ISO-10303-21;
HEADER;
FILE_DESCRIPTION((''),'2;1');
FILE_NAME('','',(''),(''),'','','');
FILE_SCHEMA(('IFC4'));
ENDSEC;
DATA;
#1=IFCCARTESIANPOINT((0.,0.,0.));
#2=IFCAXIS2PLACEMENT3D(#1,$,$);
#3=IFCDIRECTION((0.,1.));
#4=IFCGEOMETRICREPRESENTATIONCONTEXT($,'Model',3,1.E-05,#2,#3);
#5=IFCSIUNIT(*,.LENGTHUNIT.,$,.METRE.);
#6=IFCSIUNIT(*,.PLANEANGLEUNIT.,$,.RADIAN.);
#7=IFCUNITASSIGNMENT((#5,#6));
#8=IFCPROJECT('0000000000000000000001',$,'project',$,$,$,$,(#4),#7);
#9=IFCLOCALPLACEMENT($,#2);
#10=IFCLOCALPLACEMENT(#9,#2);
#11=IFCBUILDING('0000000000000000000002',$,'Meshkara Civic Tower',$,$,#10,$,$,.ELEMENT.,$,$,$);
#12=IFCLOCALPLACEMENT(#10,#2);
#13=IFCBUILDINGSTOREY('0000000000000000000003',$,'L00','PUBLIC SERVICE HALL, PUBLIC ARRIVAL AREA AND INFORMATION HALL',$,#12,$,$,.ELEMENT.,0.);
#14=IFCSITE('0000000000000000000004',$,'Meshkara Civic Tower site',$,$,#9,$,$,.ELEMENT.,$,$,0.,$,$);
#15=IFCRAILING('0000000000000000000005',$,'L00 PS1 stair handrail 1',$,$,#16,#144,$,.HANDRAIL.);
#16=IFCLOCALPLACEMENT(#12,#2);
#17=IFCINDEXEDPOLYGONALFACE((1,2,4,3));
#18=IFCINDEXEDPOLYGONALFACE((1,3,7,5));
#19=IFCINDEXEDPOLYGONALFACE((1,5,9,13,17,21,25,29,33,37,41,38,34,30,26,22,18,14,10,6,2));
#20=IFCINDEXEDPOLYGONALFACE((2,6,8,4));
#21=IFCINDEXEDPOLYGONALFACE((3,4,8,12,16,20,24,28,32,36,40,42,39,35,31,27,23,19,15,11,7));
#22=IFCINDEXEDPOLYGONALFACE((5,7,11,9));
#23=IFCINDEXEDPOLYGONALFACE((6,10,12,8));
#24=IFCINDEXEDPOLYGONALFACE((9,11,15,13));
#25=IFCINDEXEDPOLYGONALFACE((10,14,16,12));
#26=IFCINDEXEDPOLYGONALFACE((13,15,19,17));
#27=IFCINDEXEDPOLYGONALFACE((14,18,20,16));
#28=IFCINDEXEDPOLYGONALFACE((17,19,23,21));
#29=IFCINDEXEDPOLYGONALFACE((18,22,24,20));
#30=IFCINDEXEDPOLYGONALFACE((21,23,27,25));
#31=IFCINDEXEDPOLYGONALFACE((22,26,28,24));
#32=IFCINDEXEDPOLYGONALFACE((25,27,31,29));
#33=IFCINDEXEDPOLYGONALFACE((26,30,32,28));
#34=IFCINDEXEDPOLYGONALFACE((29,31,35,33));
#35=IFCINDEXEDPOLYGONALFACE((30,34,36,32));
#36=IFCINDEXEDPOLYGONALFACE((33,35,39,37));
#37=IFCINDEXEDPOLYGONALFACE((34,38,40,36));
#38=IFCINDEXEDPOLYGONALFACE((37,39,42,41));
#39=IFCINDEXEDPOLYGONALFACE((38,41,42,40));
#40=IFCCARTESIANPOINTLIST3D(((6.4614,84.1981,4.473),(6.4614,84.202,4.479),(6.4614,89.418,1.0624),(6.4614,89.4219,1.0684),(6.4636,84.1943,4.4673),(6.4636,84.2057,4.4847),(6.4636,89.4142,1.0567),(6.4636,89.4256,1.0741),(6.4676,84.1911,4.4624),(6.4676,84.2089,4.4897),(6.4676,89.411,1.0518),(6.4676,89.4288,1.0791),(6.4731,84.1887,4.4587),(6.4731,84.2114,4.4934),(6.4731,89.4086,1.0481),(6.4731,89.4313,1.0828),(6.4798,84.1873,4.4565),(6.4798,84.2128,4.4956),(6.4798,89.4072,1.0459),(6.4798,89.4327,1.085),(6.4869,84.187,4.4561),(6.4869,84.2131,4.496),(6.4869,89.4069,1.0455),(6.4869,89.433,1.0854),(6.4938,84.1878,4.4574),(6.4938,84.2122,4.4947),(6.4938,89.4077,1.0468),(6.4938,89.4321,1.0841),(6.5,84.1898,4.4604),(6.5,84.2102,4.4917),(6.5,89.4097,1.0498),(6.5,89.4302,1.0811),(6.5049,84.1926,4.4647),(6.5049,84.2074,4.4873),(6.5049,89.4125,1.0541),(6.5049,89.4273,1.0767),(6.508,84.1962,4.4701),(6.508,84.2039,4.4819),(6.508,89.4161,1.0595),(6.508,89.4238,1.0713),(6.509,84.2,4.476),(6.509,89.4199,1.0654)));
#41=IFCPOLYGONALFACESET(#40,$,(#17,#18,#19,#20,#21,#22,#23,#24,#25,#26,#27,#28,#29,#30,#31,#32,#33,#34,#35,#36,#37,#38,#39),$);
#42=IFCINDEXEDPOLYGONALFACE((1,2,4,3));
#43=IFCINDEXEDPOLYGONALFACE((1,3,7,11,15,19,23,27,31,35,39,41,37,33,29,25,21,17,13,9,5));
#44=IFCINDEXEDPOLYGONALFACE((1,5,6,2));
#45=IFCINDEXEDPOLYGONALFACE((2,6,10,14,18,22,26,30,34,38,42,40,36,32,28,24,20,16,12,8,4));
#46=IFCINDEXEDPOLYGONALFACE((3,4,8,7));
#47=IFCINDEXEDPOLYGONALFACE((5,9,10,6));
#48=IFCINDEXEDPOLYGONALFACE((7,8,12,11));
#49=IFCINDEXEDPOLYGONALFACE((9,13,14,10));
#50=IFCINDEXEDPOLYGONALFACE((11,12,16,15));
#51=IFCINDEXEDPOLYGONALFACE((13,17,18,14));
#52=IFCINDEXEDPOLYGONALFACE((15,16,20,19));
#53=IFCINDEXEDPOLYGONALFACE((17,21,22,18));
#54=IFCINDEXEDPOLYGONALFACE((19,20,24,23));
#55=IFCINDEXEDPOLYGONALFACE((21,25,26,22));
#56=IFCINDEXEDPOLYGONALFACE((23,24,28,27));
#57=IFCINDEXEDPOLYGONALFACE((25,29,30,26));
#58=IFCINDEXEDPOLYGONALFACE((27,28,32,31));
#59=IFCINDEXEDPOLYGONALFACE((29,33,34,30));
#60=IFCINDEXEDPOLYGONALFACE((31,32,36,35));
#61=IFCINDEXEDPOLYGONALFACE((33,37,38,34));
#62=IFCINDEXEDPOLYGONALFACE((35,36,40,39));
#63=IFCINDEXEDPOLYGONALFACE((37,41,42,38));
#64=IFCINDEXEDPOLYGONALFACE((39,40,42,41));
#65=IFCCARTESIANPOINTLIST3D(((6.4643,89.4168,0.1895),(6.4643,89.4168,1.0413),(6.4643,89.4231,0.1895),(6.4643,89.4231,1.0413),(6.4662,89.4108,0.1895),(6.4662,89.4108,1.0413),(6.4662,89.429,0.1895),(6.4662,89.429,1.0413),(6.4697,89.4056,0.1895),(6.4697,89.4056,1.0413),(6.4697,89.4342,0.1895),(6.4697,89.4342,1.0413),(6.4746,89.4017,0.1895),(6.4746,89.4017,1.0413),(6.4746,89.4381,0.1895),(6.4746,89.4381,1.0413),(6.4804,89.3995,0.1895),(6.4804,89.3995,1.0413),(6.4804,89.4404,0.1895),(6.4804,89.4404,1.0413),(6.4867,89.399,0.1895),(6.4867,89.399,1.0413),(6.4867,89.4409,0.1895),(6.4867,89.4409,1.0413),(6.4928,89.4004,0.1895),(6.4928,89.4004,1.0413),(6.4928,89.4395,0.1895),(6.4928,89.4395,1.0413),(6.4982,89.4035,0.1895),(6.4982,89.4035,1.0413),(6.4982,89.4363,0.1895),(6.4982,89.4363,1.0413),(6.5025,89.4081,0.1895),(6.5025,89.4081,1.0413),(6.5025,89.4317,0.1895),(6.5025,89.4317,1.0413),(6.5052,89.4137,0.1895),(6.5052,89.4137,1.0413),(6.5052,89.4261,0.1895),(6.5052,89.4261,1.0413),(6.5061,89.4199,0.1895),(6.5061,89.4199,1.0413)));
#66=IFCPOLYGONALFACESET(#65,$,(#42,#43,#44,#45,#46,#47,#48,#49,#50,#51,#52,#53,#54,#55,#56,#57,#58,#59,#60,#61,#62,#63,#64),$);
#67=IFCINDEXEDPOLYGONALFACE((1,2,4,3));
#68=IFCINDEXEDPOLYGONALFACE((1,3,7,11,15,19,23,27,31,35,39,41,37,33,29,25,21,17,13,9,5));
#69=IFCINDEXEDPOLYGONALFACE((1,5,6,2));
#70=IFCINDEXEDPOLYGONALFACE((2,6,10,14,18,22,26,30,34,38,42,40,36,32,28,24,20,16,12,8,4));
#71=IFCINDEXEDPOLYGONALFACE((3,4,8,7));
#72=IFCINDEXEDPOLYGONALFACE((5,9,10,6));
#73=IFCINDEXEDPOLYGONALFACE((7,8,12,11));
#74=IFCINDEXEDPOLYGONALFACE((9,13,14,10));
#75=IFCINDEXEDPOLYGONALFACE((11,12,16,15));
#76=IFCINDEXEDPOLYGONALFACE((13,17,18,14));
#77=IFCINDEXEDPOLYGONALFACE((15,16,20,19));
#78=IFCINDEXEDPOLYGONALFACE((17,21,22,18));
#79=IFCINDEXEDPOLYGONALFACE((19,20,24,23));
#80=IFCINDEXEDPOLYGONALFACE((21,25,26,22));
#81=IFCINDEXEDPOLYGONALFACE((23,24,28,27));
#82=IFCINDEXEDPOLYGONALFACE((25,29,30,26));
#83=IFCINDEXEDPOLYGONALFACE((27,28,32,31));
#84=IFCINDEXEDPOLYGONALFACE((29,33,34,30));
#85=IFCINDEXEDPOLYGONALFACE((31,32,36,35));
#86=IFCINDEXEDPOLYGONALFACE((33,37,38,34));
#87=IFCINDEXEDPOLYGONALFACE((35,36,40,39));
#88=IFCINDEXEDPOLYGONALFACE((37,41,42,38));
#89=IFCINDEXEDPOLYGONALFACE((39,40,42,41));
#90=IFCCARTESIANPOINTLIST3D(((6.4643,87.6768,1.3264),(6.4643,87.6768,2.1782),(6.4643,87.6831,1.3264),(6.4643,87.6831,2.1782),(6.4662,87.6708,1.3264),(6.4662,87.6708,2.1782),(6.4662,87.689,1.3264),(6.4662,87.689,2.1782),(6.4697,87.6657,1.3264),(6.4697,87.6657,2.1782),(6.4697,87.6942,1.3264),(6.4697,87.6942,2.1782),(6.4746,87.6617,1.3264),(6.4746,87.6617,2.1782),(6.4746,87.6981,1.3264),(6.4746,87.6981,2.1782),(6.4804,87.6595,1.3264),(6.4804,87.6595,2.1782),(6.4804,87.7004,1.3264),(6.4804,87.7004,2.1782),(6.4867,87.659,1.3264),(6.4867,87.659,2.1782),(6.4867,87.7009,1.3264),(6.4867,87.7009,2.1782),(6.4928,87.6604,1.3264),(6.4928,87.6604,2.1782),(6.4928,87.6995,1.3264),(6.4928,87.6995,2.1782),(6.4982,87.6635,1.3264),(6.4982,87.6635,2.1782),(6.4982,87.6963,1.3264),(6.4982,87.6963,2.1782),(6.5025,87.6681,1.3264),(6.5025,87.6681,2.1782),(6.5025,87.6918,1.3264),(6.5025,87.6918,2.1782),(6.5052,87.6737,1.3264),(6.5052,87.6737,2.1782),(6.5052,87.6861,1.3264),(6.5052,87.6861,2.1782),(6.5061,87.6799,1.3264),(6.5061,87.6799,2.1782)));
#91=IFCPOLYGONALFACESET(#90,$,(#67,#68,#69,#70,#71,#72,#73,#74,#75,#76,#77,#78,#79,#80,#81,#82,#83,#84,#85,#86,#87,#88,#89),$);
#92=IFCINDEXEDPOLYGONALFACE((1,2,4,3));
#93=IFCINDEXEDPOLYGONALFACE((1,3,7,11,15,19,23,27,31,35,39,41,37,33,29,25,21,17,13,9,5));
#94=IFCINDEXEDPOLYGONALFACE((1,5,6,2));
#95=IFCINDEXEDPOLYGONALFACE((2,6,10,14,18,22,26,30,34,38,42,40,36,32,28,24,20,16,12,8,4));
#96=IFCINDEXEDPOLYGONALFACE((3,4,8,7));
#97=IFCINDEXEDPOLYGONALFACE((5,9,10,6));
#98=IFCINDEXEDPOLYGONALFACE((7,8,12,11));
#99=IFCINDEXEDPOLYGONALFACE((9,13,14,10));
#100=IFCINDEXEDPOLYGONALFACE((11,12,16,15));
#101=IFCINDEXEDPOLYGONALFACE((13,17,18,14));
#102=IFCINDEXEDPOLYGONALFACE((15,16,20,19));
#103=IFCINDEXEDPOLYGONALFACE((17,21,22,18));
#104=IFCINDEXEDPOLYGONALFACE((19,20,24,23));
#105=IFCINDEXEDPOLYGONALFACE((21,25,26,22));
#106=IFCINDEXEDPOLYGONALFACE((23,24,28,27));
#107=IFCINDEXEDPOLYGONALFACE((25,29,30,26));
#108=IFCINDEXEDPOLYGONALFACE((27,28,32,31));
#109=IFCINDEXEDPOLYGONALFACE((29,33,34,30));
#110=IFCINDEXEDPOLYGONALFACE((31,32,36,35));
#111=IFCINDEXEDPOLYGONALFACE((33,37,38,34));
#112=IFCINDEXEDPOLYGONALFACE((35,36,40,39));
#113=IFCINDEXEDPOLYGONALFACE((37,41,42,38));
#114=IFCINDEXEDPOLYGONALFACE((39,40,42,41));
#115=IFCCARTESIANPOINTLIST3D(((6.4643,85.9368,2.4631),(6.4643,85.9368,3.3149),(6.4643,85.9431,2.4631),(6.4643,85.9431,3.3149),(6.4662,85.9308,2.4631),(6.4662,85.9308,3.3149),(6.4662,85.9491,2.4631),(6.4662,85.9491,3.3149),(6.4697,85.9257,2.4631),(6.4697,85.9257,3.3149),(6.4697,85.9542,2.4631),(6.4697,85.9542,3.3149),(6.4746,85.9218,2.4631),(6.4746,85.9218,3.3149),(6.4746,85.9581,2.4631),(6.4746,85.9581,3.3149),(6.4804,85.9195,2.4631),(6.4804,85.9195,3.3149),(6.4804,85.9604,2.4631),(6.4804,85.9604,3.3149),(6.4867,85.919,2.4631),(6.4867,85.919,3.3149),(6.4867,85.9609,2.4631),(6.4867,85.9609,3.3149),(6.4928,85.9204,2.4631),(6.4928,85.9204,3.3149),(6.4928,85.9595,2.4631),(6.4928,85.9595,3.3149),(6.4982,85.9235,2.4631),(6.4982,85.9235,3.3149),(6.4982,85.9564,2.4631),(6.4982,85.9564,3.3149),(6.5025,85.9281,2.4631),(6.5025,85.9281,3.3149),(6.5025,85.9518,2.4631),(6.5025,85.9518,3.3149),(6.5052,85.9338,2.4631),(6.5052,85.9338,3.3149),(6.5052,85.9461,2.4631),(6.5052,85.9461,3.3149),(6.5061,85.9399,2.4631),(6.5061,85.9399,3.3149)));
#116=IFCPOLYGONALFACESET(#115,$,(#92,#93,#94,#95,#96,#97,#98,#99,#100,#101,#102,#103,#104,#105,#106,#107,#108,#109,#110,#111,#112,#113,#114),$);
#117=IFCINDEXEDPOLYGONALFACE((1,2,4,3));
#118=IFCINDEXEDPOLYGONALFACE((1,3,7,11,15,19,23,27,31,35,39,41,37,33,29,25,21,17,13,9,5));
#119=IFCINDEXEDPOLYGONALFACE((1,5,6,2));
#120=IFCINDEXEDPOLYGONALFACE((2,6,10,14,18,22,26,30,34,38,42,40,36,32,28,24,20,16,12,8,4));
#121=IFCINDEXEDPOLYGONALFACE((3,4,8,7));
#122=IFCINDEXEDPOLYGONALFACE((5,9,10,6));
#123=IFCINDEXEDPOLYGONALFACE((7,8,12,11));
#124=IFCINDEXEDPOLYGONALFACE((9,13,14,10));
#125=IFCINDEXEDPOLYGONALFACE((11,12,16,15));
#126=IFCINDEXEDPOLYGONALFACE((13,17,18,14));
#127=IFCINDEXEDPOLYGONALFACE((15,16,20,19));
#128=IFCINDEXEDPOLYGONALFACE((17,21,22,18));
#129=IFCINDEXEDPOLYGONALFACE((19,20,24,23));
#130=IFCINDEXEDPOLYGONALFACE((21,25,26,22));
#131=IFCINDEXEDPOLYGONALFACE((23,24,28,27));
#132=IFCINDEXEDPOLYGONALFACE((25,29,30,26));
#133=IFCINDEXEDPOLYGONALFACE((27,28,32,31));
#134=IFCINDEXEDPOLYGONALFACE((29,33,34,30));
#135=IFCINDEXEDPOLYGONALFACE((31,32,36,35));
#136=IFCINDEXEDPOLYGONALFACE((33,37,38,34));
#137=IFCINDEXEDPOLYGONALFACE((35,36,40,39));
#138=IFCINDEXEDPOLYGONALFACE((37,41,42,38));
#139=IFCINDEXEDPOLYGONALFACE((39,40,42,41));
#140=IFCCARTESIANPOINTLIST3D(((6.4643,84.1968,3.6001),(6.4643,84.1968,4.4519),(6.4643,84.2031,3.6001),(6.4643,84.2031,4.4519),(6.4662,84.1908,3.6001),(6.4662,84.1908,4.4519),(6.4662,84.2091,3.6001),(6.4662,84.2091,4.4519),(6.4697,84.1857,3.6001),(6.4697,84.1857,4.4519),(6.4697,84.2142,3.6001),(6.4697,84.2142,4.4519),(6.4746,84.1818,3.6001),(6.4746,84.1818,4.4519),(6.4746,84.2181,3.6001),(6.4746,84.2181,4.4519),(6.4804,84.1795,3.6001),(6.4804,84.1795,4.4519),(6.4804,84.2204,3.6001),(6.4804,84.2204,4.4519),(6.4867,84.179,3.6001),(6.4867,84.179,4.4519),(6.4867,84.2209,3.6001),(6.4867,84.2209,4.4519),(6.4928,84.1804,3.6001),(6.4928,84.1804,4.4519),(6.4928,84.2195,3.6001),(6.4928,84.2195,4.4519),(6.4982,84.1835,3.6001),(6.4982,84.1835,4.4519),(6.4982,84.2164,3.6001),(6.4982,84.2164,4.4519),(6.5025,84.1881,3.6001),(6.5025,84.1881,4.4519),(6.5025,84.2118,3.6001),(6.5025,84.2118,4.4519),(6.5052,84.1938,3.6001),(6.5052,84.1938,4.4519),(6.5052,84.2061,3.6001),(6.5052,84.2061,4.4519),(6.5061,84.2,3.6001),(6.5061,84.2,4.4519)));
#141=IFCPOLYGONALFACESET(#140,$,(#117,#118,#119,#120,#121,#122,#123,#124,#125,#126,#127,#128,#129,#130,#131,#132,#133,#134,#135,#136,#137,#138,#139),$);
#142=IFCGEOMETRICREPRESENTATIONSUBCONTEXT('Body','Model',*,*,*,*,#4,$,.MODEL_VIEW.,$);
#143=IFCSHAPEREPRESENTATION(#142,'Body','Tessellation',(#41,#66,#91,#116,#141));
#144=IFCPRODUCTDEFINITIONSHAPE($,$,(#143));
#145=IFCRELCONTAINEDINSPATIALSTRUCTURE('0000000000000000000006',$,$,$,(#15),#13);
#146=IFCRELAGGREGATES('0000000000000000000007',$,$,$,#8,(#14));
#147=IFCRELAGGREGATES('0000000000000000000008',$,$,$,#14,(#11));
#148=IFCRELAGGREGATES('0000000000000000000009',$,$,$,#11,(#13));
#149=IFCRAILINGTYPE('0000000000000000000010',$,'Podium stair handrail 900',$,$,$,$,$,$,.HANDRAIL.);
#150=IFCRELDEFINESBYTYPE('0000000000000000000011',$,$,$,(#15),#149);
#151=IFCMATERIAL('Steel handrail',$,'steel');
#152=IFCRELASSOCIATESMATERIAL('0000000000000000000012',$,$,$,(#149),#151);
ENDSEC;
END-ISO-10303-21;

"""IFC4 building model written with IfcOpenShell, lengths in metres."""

from ifc_helpers import new_model, si_unit, direction, frame, origin, origin_2d, place, context, subcontext, project, spatial, circle, extrude, material, type_object, element, save


model = new_model("IFC4")

# Units and contexts
model_context = context("Model", 3, precision=1e-05, world=origin(), true_north=direction((0.0, 1.0)))
body_context = subcontext(model_context, "Body", "Model", "MODEL_VIEW")
ifc_project = project(units=[si_unit("LENGTHUNIT", "METRE"), si_unit("PLANEANGLEUNIT", "RADIAN")], contexts=[model_context])

# Site, building, storey
site_placement = place(None, origin())
site = spatial("IfcSite", under=ifc_project, at=site_placement, Name="Meshkara Civic Tower site", CompositionType="ELEMENT", RefElevation=0.0)
building_placement = place(site_placement, origin())
building = spatial("IfcBuilding", under=site, at=building_placement, Name="Meshkara Civic Tower", CompositionType="ELEMENT")
storey_placement = place(building_placement, origin())
storey = spatial("IfcBuildingStorey", under=building, at=storey_placement, Name="L00", Description="PUBLIC SERVICE HALL, PUBLIC ARRIVAL AREA AND INFORMATION HALL", CompositionType="ELEMENT", Elevation=0.0)

# Railing
ifc_material_1 = material(Name="Steel handrail", Category="steel")
railing_type_1 = type_object("IfcRailingType", Name="Podium stair handrail 900", PredefinedType="HANDRAIL", material=ifc_material_1)
railing_1_placement = place(storey_placement, frame((6.4851, 89.4199, 0.1895)))
element("IfcRailing", 1, at=railing_1_placement, inside=storey, type_object=railing_type_1, Name="L00 PS1 stair handrail 1", PredefinedType="HANDRAIL", context=body_context, shape_type="SweptSolid", body=[
    extrude(circle(Radius=0.0239, at=origin_2d()), frame((0.0, 0.0, 0.876), z_axis=(0.0, -0.837147, 0.546978), x_axis=(1.0, 0.0, 0.0)), (0.0, 0.0, 1.0), 6.2354),
    extrude(circle(Radius=0.021, at=origin_2d()), origin(), (0.0, 0.0, 1.0), 0.8518),
    extrude(circle(Radius=0.021, at=origin_2d()), frame((0.0, -1.74, 1.137)), (0.0, 0.0, 1.0), 0.8518),
    extrude(circle(Radius=0.021, at=origin_2d()), frame((0.0, -3.48, 2.2737)), (0.0, 0.0, 1.0), 0.8518),
    extrude(circle(Radius=0.021, at=origin_2d()), frame((0.0, -5.22, 3.4106)), (0.0, 0.0, 1.0), 0.8518),
])

save(model, "model.ifc")
